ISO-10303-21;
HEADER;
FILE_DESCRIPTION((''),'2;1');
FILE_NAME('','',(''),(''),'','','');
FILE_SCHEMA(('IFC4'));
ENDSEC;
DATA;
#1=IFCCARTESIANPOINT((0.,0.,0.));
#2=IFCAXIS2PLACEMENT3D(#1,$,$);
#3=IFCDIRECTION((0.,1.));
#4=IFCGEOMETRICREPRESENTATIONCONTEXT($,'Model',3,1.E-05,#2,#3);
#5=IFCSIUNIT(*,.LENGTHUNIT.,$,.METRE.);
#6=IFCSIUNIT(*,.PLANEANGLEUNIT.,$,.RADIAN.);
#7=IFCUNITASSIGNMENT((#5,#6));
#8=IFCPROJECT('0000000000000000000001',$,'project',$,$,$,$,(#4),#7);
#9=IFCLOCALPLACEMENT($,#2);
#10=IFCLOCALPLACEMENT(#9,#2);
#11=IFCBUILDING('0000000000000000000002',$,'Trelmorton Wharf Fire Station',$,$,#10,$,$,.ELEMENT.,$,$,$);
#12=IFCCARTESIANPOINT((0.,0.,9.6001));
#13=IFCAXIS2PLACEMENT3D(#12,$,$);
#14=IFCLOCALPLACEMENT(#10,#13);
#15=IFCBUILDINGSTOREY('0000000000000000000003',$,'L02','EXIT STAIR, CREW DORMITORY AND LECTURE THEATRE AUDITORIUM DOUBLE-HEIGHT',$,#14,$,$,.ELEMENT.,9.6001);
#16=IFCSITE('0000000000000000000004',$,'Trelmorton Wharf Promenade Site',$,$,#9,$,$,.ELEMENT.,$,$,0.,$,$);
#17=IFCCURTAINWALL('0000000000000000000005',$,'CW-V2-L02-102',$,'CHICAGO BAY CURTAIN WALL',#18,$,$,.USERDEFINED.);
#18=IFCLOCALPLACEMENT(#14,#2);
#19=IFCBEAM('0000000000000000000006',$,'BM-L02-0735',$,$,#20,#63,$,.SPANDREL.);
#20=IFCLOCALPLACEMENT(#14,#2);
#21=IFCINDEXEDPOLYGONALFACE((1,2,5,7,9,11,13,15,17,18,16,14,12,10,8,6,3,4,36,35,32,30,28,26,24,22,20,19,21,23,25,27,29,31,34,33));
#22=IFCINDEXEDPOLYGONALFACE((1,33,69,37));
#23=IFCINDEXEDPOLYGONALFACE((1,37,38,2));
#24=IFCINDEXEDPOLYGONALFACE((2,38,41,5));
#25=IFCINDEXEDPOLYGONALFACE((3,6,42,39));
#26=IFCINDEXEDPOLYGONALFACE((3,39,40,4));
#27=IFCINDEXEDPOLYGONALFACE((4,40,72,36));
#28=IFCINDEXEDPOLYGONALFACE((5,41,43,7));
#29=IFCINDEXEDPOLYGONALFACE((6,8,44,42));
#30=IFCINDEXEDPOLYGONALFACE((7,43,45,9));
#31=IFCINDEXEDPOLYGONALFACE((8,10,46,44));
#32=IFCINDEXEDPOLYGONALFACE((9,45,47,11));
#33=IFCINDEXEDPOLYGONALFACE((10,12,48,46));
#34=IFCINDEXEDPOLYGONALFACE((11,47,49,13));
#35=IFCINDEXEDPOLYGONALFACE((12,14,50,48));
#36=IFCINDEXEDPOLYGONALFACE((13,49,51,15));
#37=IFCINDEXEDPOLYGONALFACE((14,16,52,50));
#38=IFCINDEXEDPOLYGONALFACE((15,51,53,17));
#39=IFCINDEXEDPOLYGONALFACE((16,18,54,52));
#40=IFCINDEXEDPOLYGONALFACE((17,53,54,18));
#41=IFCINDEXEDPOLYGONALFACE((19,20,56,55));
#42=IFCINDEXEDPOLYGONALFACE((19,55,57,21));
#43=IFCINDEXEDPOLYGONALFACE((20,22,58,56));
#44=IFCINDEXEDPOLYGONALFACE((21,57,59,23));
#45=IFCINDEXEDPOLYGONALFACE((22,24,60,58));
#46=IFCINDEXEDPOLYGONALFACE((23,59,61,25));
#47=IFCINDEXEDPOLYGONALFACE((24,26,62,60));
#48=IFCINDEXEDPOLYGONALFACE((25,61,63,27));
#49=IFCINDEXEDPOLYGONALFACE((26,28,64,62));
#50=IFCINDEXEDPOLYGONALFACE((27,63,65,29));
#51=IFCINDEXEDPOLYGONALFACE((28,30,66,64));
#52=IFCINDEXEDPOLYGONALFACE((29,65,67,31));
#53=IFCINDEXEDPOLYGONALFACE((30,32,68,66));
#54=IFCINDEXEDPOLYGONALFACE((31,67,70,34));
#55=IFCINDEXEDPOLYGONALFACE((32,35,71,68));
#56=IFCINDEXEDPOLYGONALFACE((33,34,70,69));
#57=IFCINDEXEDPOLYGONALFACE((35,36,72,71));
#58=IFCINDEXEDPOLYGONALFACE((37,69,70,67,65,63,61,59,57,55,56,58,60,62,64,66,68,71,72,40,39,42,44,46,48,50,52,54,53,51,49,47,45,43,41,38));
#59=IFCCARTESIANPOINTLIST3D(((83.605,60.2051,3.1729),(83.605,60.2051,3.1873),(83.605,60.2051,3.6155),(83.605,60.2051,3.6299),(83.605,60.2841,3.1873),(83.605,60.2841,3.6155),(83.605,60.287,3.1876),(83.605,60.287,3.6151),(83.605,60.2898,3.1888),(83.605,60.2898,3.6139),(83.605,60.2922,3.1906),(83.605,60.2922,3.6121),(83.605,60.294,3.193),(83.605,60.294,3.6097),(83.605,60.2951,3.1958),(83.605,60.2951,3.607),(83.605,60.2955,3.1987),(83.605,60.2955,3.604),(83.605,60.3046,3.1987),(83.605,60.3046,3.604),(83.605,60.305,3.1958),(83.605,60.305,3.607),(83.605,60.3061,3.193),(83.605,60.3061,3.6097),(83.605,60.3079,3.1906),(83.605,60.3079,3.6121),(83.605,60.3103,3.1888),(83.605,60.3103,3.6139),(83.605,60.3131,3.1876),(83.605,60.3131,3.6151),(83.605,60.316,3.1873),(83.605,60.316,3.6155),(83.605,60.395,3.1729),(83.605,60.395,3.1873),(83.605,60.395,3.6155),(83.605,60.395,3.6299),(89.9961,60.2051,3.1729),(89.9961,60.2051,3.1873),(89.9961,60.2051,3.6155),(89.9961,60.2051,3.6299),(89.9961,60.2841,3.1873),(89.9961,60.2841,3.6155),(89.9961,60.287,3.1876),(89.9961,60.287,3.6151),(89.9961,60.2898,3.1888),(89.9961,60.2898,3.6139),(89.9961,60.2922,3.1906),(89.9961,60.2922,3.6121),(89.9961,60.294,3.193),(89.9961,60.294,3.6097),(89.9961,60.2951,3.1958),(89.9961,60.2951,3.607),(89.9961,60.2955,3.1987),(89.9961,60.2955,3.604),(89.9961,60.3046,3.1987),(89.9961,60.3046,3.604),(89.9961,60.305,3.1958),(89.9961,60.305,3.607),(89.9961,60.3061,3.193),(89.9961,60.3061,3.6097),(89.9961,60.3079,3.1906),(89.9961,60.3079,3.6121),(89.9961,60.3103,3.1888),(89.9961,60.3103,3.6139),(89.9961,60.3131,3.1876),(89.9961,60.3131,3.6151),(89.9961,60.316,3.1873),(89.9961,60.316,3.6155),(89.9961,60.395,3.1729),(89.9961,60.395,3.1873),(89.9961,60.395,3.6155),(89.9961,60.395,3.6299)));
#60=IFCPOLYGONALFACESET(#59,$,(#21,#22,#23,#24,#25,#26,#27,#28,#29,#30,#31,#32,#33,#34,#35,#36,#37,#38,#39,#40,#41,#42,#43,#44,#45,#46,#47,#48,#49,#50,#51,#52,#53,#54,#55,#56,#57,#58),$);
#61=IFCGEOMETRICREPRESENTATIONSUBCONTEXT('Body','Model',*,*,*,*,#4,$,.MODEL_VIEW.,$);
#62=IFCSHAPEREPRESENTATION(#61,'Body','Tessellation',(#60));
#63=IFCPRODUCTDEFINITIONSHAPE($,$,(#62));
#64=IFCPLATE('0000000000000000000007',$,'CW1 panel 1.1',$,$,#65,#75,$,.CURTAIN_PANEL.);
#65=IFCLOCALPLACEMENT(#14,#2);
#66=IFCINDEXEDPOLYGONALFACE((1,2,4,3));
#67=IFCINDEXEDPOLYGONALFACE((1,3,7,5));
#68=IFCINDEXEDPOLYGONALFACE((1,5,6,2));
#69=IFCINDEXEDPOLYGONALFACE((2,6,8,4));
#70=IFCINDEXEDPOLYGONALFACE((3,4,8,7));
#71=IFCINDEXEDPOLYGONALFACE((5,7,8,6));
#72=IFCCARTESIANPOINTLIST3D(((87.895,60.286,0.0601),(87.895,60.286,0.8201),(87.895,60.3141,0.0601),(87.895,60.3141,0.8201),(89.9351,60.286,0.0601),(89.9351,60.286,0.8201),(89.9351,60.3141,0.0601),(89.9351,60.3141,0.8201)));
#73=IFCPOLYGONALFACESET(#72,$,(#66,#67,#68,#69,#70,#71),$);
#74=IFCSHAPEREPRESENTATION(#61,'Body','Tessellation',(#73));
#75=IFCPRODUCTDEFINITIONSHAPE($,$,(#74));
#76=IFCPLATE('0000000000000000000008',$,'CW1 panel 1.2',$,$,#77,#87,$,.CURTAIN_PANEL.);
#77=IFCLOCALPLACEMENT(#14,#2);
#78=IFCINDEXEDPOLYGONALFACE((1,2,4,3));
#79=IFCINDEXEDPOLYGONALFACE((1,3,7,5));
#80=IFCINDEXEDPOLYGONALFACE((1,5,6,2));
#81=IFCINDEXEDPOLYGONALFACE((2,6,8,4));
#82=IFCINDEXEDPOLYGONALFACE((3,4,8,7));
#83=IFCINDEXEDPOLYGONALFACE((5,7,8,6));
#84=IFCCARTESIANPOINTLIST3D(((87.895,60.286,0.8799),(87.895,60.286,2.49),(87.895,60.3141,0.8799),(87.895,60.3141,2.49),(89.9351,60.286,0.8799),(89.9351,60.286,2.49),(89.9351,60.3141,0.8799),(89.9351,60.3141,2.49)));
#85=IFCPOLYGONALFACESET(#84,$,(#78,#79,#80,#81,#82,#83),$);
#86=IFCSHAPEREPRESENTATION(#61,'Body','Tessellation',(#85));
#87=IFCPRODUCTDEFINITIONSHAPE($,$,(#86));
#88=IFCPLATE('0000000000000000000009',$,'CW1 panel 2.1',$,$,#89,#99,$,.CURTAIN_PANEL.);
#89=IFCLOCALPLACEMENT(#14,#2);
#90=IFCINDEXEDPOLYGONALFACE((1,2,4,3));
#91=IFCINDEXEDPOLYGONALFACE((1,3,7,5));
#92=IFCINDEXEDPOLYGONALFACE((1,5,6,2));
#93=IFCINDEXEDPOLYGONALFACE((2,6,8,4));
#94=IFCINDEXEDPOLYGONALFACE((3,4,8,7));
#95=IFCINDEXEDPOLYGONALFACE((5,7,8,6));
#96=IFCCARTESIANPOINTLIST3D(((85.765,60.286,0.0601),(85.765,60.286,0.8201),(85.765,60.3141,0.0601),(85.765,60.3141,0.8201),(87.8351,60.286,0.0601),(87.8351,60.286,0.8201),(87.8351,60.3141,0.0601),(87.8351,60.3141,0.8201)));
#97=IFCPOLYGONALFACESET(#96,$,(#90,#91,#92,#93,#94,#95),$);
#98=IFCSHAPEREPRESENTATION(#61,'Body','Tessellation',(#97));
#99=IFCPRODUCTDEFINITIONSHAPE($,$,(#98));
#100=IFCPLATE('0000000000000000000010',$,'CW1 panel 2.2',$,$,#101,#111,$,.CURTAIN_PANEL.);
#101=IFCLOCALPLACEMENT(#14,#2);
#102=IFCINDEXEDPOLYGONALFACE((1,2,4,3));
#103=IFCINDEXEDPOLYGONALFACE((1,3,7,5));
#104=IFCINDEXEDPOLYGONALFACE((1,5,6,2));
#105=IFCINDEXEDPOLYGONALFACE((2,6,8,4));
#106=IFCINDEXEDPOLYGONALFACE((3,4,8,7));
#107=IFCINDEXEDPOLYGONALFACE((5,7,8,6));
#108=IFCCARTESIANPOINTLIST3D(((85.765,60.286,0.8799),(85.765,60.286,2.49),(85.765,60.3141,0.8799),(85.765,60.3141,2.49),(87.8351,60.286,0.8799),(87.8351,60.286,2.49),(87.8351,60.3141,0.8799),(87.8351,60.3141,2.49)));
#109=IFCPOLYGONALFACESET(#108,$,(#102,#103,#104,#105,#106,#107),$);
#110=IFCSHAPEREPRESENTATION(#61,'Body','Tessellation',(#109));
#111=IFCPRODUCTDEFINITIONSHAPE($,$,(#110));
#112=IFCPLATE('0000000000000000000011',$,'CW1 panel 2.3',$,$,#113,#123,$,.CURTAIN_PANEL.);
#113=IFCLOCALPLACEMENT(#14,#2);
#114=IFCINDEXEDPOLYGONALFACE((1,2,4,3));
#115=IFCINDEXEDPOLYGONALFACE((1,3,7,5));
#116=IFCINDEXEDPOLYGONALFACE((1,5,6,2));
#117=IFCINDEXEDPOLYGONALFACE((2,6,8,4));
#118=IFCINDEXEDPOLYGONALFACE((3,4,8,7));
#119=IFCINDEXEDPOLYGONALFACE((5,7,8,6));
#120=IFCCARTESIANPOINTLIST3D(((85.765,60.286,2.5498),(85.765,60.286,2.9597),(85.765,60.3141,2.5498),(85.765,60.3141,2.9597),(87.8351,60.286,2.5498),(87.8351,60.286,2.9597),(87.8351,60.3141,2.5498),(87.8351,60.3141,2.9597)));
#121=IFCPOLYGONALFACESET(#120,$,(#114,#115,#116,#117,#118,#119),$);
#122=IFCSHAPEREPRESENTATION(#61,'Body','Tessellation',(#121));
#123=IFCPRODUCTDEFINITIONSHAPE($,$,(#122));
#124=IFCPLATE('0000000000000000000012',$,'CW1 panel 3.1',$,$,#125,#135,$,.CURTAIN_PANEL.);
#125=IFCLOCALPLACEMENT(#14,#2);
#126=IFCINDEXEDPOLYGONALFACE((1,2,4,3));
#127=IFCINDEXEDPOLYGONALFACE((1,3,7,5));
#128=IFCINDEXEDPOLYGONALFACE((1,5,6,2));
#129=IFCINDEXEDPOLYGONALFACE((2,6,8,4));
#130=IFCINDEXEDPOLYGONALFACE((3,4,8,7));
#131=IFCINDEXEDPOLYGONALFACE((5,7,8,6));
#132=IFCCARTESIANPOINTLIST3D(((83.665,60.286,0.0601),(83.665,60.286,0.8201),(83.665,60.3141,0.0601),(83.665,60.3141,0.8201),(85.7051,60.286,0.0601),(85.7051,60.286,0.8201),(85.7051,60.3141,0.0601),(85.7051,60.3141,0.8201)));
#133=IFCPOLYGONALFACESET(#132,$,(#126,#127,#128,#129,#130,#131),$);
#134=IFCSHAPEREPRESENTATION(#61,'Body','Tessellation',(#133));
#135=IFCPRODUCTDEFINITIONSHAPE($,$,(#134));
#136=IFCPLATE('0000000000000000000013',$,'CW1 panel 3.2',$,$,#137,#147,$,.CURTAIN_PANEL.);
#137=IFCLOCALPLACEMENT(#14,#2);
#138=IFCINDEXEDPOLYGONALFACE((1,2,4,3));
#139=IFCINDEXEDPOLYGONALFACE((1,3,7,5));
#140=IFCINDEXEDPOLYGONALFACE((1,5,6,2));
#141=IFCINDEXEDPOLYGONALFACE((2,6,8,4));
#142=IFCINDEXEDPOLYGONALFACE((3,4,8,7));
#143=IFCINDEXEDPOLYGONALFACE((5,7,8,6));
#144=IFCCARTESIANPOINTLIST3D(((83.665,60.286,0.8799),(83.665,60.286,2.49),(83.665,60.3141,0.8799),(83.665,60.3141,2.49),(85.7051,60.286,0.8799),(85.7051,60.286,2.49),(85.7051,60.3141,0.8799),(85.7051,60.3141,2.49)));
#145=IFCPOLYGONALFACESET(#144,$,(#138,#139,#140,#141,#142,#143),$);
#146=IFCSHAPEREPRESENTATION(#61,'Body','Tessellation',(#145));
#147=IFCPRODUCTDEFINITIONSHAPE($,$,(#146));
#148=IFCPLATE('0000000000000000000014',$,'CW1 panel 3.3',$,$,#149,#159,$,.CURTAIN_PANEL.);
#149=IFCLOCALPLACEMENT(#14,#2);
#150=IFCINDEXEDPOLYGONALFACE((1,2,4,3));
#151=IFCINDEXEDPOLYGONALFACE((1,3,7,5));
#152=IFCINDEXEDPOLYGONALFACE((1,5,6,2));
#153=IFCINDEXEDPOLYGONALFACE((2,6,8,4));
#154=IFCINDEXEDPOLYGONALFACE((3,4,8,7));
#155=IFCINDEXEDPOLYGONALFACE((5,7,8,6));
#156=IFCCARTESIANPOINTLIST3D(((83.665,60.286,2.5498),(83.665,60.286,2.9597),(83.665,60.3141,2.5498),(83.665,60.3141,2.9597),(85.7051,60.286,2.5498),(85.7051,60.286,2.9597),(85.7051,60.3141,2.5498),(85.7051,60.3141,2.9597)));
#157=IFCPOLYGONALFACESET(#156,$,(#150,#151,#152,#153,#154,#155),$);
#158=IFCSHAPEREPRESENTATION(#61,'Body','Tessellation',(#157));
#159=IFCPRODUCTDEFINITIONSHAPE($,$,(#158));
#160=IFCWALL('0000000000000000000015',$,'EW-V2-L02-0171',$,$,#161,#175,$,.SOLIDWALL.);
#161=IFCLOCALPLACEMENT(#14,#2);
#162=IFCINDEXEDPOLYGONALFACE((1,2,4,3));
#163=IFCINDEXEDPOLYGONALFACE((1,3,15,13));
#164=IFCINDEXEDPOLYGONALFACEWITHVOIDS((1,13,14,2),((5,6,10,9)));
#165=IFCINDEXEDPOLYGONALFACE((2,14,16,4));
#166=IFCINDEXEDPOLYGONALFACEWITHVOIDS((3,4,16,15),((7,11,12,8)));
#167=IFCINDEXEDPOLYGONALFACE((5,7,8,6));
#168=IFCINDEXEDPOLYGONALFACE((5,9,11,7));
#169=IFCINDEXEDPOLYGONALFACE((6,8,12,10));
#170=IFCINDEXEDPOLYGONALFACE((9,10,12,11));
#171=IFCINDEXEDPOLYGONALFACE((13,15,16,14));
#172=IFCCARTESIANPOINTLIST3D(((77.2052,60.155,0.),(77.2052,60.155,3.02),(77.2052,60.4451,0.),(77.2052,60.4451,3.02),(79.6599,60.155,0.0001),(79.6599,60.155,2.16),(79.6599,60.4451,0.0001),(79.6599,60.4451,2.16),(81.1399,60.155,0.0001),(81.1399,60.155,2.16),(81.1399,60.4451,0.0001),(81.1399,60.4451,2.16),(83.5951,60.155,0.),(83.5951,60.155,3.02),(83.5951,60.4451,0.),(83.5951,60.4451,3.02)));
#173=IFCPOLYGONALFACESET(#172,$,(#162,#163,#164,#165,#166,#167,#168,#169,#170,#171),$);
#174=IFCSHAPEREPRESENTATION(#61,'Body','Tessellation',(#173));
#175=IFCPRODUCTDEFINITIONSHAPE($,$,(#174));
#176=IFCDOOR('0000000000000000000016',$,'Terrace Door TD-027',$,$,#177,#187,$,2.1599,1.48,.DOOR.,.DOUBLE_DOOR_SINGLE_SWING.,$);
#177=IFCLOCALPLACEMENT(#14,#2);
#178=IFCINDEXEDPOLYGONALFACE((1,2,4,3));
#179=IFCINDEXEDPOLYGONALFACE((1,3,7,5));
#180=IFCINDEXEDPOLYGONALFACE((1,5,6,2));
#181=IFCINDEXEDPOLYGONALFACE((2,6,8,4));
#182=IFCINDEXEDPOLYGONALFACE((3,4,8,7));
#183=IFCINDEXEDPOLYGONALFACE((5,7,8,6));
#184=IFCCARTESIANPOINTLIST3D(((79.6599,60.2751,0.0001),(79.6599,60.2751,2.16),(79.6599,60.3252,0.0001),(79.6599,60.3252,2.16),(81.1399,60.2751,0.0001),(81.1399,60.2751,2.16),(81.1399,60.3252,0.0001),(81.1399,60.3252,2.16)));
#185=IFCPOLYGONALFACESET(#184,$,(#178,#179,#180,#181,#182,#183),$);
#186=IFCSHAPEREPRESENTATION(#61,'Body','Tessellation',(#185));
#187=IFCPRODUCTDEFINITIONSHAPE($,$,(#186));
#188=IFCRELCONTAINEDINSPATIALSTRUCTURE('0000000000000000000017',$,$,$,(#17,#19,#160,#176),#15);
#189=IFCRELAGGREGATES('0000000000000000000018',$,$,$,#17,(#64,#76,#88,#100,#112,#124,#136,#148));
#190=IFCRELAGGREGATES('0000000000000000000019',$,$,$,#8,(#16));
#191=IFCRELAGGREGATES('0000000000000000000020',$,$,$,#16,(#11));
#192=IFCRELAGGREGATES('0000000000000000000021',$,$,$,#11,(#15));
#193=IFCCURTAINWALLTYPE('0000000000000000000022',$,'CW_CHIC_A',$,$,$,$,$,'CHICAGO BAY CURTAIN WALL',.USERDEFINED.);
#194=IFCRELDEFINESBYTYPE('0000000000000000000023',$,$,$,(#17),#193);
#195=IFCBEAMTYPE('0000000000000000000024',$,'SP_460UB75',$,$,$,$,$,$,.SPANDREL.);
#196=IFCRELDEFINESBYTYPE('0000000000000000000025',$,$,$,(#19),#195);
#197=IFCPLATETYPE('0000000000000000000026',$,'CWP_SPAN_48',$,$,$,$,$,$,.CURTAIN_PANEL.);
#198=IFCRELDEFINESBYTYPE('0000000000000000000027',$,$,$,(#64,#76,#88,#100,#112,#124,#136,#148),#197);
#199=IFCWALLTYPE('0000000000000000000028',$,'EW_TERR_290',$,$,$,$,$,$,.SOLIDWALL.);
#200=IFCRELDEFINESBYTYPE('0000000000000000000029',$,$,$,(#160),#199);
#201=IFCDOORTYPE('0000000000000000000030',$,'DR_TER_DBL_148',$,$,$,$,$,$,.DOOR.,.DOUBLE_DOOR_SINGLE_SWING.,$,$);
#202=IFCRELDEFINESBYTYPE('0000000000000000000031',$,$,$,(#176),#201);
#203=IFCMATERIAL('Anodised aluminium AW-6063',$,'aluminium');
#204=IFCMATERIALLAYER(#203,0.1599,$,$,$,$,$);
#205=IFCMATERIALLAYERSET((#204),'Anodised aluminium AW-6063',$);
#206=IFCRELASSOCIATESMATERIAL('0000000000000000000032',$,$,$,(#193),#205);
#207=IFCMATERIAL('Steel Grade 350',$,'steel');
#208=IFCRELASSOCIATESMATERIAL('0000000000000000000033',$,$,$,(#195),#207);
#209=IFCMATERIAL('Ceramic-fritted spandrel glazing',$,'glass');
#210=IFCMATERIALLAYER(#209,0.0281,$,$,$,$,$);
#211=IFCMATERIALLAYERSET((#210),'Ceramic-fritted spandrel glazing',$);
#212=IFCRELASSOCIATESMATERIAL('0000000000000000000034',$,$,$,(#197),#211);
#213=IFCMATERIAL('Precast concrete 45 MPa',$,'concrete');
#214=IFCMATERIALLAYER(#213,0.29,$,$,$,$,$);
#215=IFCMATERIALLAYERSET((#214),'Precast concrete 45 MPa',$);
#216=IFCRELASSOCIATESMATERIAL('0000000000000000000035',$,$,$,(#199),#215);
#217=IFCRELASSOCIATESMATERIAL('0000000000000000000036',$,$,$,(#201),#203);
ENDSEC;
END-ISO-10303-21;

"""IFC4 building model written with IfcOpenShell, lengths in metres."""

from ifc_helpers import new_model, si_unit, direction, frame, frame_2d, origin, origin_2d, place, context, subcontext, project, spatial, rectangle, i_section, extrude, material, layer, layer_set, material_profile, profile_set, type_object, element, fill, aggregate, save


model = new_model("IFC4")

# Units and contexts
model_context = context("Model", 3, precision=1e-05, world=origin(), true_north=direction((0.0, 1.0)))
body_context = subcontext(model_context, "Body", "Model", "MODEL_VIEW")
ifc_project = project(units=[si_unit("LENGTHUNIT", "METRE"), si_unit("PLANEANGLEUNIT", "RADIAN")], contexts=[model_context])

# Site, building, storey
site_placement = place(None, origin())
site = spatial("IfcSite", under=ifc_project, at=site_placement, Name="Trelmorton Wharf Promenade Site", CompositionType="ELEMENT", RefElevation=0.0)
building_placement = place(site_placement, origin())
building = spatial("IfcBuilding", under=site, at=building_placement, Name="Trelmorton Wharf Fire Station", CompositionType="ELEMENT")
storey_placement = place(building_placement, frame((0.0, 0.0, 9.6001)))
storey = spatial("IfcBuildingStorey", under=building, at=storey_placement, Name="L02", Description="EXIT STAIR, CREW DORMITORY AND LECTURE THEATRE AUDITORIUM DOUBLE-HEIGHT", CompositionType="ELEMENT", Elevation=9.6001)

# Shared definitions
ifc_material_1 = material(Name="Steel Grade 350", Category="steel")

# Curtain wall
ifc_material_2 = material(Name="Anodised aluminium AW-6063", Category="aluminium")
ifc_layer_1 = layer(ifc_material_2, 0.1599)
ifc_layer_set_1 = layer_set([ifc_layer_1], Name="Anodised aluminium AW-6063")
curtain_wall_type = type_object("IfcCurtainWallType", Name="CW_CHIC_A", ElementType="CHICAGO BAY CURTAIN WALL", PredefinedType="USERDEFINED", material=ifc_layer_set_1)
curtain_wall_placement = place(storey_placement, origin())
curtain_wall = element("IfcCurtainWall", 1, at=curtain_wall_placement, inside=storey, type_object=curtain_wall_type, Name="CW-V2-L02-102", ObjectType="CHICAGO BAY CURTAIN WALL", PredefinedType="USERDEFINED")

# Beam
ifc_material_profile_1 = material_profile(ifc_material_1, i_section(OverallWidth=0.1899, OverallDepth=0.457, WebThickness=0.009, FlangeThickness=0.0144, FilletRadius=0.0115, at=origin_2d()), Name="460UB74.6")
ifc_profile_set_1 = profile_set([ifc_material_profile_1], Name="Steel Grade 350")
beam_type = type_object("IfcBeamType", Name="SP_460UB75", PredefinedType="SPANDREL", material=ifc_profile_set_1)
beam_placement = place(storey_placement, frame((83.605, 60.3, 3.4014), z_axis=(1.0, 0.0, 0.0), x_axis=(0.0, 1.0, 0.0)))
element("IfcBeam", 2, at=beam_placement, inside=storey, type_object=beam_type, Name="BM-L02-0735", PredefinedType="SPANDREL", context=body_context, shape_type="SweptSolid", body=[
    extrude(i_section(OverallWidth=0.1899, OverallDepth=0.457, WebThickness=0.009, FlangeThickness=0.0144, FilletRadius=0.0115, at=origin_2d()), origin(), (0.0, 0.0, 1.0), 6.3911),
])

# Plates
ifc_material_3 = material(Name="Ceramic-fritted spandrel glazing", Category="glass")
ifc_layer_2 = layer(ifc_material_3, 0.0281)
ifc_layer_set_2 = layer_set([ifc_layer_2], Name="Ceramic-fritted spandrel glazing")
plate_type = type_object("IfcPlateType", Name="CWP_SPAN_48", PredefinedType="CURTAIN_PANEL", material=ifc_layer_set_2)
plate_1_placement = place(storey_placement, frame((88.915, 60.3, 0.0601), z_axis=(0.0, 0.0, 1.0), x_axis=(-1.0, 0.0, 0.0)))
plate_1 = element("IfcPlate", 3, at=plate_1_placement, type_object=plate_type, Name="CW1 panel 1.1", PredefinedType="CURTAIN_PANEL", context=body_context, shape_type="SweptSolid", body=[
    extrude(rectangle(XDim=2.04, YDim=0.0281, at=origin_2d()), origin(), (0.0, 0.0, 1.0), 0.76),
])
plate_2_placement = place(storey_placement, frame((88.915, 60.3, 0.8799), z_axis=(0.0, 0.0, 1.0), x_axis=(-1.0, 0.0, 0.0)))
plate_2 = element("IfcPlate", 4, at=plate_2_placement, type_object=plate_type, Name="CW1 panel 1.2", PredefinedType="CURTAIN_PANEL", context=body_context, shape_type="SweptSolid", body=[
    extrude(rectangle(XDim=2.04, YDim=0.0281, at=origin_2d()), origin(), (0.0, 0.0, 1.0), 1.6101),
])
plate_3_placement = place(storey_placement, frame((86.8, 60.3, 0.0601), z_axis=(0.0, 0.0, 1.0), x_axis=(-1.0, 0.0, 0.0)))
plate_3 = element("IfcPlate", 5, at=plate_3_placement, type_object=plate_type, Name="CW1 panel 2.1", PredefinedType="CURTAIN_PANEL", context=body_context, shape_type="SweptSolid", body=[
    extrude(rectangle(XDim=2.0701, YDim=0.0281, at=origin_2d()), origin(), (0.0, 0.0, 1.0), 0.76),
])
plate_4_placement = place(storey_placement, frame((86.8, 60.3, 0.8799), z_axis=(0.0, 0.0, 1.0), x_axis=(-1.0, 0.0, 0.0)))
plate_4 = element("IfcPlate", 6, at=plate_4_placement, type_object=plate_type, Name="CW1 panel 2.2", PredefinedType="CURTAIN_PANEL", context=body_context, shape_type="SweptSolid", body=[
    extrude(rectangle(XDim=2.0701, YDim=0.0281, at=origin_2d()), origin(), (0.0, 0.0, 1.0), 1.6101),
])
plate_5_placement = place(storey_placement, frame((86.8, 60.3, 2.5498), z_axis=(0.0, 0.0, 1.0), x_axis=(-1.0, 0.0, 0.0)))
plate_5 = element("IfcPlate", 7, at=plate_5_placement, type_object=plate_type, Name="CW1 panel 2.3", PredefinedType="CURTAIN_PANEL", context=body_context, shape_type="SweptSolid", body=[
    extrude(rectangle(XDim=2.0701, YDim=0.0281, at=origin_2d()), origin(), (0.0, 0.0, 1.0), 0.4099),
])
plate_6_placement = place(storey_placement, frame((84.6851, 60.3, 0.0601), z_axis=(0.0, 0.0, 1.0), x_axis=(-1.0, 0.0, 0.0)))
plate_6 = element("IfcPlate", 8, at=plate_6_placement, type_object=plate_type, Name="CW1 panel 3.1", PredefinedType="CURTAIN_PANEL", context=body_context, shape_type="SweptSolid", body=[
    extrude(rectangle(XDim=2.04, YDim=0.0281, at=origin_2d()), origin(), (0.0, 0.0, 1.0), 0.76),
])
plate_7_placement = place(storey_placement, frame((84.6851, 60.3, 0.8799), z_axis=(0.0, 0.0, 1.0), x_axis=(-1.0, 0.0, 0.0)))
plate_7 = element("IfcPlate", 9, at=plate_7_placement, type_object=plate_type, Name="CW1 panel 3.2", PredefinedType="CURTAIN_PANEL", context=body_context, shape_type="SweptSolid", body=[
    extrude(rectangle(XDim=2.04, YDim=0.0281, at=origin_2d()), origin(), (0.0, 0.0, 1.0), 1.6101),
])
plate_8_placement = place(storey_placement, frame((84.6851, 60.3, 2.5498), z_axis=(0.0, 0.0, 1.0), x_axis=(-1.0, 0.0, 0.0)))
plate_8 = element("IfcPlate", 10, at=plate_8_placement, type_object=plate_type, Name="CW1 panel 3.3", PredefinedType="CURTAIN_PANEL", context=body_context, shape_type="SweptSolid", body=[
    extrude(rectangle(XDim=2.04, YDim=0.0281, at=origin_2d()), origin(), (0.0, 0.0, 1.0), 0.4099),
])
aggregate(curtain_wall, [plate_1, plate_2, plate_3, plate_4, plate_5, plate_6, plate_7, plate_8])

# Wall, opening, door
ifc_material_4 = material(Name="Precast concrete 45 MPa", Category="concrete")
ifc_layer_3 = layer(ifc_material_4, 0.29)
ifc_layer_set_3 = layer_set([ifc_layer_3], Name="Precast concrete 45 MPa")
wall_type = type_object("IfcWallType", Name="EW_TERR_290", PredefinedType="SOLIDWALL", material=ifc_layer_set_3)
wall_placement = place(storey_placement, frame((83.595, 60.3, 0.0), z_axis=(0.0, 0.0, 1.0), x_axis=(-1.0, 0.0, 0.0)))
wall = element("IfcWall", 11, at=wall_placement, inside=storey, type_object=wall_type, Name="EW-V2-L02-0171", PredefinedType="SOLIDWALL", context=body_context, shape_type="SweptSolid", body=[
    extrude(rectangle(XDim=6.3899, YDim=0.29, at=frame_2d((3.1948, 0.0))), origin(), (0.0, 0.0, 1.0), 3.02),
])
opening_placement = place(wall_placement, frame((2.4551, 0.0, 0.0)))
opening = element("IfcOpeningElement", 12, at=opening_placement, cuts=wall, PredefinedType="OPENING", context=body_context, shape_type="SweptSolid", body=[
    extrude(rectangle(XDim=1.48, YDim=2.1599, at=frame_2d((0.74, 1.0801))), frame((0.0, 0.155, 0.0), z_axis=(0.0, -1.0, 0.0), x_axis=(1.0, 0.0, 0.0)), (0.0, 0.0, 1.0), 0.3101),
])
door_type = type_object("IfcDoorType", Name="DR_TER_DBL_148", OperationType="DOUBLE_DOOR_SINGLE_SWING", PredefinedType="DOOR", material=ifc_material_2)
door_placement = place(opening_placement, origin())
door = element("IfcDoor", 13, at=door_placement, inside=storey, type_object=door_type, Name="Terrace Door TD-027", OperationType="DOUBLE_DOOR_SINGLE_SWING", OverallHeight=2.1599, OverallWidth=1.48, PredefinedType="DOOR", context=body_context, shape_type="SweptSolid", body=[
    extrude(rectangle(XDim=1.48, YDim=2.1599, at=frame_2d((0.74, 1.0801))), frame((0.0, 0.0249, 0.0), z_axis=(0.0, -1.0, 0.0), x_axis=(1.0, 0.0, 0.0)), (0.0, 0.0, 1.0), 0.05),
])
fill(opening, door)

save(model, "model.ifc")
